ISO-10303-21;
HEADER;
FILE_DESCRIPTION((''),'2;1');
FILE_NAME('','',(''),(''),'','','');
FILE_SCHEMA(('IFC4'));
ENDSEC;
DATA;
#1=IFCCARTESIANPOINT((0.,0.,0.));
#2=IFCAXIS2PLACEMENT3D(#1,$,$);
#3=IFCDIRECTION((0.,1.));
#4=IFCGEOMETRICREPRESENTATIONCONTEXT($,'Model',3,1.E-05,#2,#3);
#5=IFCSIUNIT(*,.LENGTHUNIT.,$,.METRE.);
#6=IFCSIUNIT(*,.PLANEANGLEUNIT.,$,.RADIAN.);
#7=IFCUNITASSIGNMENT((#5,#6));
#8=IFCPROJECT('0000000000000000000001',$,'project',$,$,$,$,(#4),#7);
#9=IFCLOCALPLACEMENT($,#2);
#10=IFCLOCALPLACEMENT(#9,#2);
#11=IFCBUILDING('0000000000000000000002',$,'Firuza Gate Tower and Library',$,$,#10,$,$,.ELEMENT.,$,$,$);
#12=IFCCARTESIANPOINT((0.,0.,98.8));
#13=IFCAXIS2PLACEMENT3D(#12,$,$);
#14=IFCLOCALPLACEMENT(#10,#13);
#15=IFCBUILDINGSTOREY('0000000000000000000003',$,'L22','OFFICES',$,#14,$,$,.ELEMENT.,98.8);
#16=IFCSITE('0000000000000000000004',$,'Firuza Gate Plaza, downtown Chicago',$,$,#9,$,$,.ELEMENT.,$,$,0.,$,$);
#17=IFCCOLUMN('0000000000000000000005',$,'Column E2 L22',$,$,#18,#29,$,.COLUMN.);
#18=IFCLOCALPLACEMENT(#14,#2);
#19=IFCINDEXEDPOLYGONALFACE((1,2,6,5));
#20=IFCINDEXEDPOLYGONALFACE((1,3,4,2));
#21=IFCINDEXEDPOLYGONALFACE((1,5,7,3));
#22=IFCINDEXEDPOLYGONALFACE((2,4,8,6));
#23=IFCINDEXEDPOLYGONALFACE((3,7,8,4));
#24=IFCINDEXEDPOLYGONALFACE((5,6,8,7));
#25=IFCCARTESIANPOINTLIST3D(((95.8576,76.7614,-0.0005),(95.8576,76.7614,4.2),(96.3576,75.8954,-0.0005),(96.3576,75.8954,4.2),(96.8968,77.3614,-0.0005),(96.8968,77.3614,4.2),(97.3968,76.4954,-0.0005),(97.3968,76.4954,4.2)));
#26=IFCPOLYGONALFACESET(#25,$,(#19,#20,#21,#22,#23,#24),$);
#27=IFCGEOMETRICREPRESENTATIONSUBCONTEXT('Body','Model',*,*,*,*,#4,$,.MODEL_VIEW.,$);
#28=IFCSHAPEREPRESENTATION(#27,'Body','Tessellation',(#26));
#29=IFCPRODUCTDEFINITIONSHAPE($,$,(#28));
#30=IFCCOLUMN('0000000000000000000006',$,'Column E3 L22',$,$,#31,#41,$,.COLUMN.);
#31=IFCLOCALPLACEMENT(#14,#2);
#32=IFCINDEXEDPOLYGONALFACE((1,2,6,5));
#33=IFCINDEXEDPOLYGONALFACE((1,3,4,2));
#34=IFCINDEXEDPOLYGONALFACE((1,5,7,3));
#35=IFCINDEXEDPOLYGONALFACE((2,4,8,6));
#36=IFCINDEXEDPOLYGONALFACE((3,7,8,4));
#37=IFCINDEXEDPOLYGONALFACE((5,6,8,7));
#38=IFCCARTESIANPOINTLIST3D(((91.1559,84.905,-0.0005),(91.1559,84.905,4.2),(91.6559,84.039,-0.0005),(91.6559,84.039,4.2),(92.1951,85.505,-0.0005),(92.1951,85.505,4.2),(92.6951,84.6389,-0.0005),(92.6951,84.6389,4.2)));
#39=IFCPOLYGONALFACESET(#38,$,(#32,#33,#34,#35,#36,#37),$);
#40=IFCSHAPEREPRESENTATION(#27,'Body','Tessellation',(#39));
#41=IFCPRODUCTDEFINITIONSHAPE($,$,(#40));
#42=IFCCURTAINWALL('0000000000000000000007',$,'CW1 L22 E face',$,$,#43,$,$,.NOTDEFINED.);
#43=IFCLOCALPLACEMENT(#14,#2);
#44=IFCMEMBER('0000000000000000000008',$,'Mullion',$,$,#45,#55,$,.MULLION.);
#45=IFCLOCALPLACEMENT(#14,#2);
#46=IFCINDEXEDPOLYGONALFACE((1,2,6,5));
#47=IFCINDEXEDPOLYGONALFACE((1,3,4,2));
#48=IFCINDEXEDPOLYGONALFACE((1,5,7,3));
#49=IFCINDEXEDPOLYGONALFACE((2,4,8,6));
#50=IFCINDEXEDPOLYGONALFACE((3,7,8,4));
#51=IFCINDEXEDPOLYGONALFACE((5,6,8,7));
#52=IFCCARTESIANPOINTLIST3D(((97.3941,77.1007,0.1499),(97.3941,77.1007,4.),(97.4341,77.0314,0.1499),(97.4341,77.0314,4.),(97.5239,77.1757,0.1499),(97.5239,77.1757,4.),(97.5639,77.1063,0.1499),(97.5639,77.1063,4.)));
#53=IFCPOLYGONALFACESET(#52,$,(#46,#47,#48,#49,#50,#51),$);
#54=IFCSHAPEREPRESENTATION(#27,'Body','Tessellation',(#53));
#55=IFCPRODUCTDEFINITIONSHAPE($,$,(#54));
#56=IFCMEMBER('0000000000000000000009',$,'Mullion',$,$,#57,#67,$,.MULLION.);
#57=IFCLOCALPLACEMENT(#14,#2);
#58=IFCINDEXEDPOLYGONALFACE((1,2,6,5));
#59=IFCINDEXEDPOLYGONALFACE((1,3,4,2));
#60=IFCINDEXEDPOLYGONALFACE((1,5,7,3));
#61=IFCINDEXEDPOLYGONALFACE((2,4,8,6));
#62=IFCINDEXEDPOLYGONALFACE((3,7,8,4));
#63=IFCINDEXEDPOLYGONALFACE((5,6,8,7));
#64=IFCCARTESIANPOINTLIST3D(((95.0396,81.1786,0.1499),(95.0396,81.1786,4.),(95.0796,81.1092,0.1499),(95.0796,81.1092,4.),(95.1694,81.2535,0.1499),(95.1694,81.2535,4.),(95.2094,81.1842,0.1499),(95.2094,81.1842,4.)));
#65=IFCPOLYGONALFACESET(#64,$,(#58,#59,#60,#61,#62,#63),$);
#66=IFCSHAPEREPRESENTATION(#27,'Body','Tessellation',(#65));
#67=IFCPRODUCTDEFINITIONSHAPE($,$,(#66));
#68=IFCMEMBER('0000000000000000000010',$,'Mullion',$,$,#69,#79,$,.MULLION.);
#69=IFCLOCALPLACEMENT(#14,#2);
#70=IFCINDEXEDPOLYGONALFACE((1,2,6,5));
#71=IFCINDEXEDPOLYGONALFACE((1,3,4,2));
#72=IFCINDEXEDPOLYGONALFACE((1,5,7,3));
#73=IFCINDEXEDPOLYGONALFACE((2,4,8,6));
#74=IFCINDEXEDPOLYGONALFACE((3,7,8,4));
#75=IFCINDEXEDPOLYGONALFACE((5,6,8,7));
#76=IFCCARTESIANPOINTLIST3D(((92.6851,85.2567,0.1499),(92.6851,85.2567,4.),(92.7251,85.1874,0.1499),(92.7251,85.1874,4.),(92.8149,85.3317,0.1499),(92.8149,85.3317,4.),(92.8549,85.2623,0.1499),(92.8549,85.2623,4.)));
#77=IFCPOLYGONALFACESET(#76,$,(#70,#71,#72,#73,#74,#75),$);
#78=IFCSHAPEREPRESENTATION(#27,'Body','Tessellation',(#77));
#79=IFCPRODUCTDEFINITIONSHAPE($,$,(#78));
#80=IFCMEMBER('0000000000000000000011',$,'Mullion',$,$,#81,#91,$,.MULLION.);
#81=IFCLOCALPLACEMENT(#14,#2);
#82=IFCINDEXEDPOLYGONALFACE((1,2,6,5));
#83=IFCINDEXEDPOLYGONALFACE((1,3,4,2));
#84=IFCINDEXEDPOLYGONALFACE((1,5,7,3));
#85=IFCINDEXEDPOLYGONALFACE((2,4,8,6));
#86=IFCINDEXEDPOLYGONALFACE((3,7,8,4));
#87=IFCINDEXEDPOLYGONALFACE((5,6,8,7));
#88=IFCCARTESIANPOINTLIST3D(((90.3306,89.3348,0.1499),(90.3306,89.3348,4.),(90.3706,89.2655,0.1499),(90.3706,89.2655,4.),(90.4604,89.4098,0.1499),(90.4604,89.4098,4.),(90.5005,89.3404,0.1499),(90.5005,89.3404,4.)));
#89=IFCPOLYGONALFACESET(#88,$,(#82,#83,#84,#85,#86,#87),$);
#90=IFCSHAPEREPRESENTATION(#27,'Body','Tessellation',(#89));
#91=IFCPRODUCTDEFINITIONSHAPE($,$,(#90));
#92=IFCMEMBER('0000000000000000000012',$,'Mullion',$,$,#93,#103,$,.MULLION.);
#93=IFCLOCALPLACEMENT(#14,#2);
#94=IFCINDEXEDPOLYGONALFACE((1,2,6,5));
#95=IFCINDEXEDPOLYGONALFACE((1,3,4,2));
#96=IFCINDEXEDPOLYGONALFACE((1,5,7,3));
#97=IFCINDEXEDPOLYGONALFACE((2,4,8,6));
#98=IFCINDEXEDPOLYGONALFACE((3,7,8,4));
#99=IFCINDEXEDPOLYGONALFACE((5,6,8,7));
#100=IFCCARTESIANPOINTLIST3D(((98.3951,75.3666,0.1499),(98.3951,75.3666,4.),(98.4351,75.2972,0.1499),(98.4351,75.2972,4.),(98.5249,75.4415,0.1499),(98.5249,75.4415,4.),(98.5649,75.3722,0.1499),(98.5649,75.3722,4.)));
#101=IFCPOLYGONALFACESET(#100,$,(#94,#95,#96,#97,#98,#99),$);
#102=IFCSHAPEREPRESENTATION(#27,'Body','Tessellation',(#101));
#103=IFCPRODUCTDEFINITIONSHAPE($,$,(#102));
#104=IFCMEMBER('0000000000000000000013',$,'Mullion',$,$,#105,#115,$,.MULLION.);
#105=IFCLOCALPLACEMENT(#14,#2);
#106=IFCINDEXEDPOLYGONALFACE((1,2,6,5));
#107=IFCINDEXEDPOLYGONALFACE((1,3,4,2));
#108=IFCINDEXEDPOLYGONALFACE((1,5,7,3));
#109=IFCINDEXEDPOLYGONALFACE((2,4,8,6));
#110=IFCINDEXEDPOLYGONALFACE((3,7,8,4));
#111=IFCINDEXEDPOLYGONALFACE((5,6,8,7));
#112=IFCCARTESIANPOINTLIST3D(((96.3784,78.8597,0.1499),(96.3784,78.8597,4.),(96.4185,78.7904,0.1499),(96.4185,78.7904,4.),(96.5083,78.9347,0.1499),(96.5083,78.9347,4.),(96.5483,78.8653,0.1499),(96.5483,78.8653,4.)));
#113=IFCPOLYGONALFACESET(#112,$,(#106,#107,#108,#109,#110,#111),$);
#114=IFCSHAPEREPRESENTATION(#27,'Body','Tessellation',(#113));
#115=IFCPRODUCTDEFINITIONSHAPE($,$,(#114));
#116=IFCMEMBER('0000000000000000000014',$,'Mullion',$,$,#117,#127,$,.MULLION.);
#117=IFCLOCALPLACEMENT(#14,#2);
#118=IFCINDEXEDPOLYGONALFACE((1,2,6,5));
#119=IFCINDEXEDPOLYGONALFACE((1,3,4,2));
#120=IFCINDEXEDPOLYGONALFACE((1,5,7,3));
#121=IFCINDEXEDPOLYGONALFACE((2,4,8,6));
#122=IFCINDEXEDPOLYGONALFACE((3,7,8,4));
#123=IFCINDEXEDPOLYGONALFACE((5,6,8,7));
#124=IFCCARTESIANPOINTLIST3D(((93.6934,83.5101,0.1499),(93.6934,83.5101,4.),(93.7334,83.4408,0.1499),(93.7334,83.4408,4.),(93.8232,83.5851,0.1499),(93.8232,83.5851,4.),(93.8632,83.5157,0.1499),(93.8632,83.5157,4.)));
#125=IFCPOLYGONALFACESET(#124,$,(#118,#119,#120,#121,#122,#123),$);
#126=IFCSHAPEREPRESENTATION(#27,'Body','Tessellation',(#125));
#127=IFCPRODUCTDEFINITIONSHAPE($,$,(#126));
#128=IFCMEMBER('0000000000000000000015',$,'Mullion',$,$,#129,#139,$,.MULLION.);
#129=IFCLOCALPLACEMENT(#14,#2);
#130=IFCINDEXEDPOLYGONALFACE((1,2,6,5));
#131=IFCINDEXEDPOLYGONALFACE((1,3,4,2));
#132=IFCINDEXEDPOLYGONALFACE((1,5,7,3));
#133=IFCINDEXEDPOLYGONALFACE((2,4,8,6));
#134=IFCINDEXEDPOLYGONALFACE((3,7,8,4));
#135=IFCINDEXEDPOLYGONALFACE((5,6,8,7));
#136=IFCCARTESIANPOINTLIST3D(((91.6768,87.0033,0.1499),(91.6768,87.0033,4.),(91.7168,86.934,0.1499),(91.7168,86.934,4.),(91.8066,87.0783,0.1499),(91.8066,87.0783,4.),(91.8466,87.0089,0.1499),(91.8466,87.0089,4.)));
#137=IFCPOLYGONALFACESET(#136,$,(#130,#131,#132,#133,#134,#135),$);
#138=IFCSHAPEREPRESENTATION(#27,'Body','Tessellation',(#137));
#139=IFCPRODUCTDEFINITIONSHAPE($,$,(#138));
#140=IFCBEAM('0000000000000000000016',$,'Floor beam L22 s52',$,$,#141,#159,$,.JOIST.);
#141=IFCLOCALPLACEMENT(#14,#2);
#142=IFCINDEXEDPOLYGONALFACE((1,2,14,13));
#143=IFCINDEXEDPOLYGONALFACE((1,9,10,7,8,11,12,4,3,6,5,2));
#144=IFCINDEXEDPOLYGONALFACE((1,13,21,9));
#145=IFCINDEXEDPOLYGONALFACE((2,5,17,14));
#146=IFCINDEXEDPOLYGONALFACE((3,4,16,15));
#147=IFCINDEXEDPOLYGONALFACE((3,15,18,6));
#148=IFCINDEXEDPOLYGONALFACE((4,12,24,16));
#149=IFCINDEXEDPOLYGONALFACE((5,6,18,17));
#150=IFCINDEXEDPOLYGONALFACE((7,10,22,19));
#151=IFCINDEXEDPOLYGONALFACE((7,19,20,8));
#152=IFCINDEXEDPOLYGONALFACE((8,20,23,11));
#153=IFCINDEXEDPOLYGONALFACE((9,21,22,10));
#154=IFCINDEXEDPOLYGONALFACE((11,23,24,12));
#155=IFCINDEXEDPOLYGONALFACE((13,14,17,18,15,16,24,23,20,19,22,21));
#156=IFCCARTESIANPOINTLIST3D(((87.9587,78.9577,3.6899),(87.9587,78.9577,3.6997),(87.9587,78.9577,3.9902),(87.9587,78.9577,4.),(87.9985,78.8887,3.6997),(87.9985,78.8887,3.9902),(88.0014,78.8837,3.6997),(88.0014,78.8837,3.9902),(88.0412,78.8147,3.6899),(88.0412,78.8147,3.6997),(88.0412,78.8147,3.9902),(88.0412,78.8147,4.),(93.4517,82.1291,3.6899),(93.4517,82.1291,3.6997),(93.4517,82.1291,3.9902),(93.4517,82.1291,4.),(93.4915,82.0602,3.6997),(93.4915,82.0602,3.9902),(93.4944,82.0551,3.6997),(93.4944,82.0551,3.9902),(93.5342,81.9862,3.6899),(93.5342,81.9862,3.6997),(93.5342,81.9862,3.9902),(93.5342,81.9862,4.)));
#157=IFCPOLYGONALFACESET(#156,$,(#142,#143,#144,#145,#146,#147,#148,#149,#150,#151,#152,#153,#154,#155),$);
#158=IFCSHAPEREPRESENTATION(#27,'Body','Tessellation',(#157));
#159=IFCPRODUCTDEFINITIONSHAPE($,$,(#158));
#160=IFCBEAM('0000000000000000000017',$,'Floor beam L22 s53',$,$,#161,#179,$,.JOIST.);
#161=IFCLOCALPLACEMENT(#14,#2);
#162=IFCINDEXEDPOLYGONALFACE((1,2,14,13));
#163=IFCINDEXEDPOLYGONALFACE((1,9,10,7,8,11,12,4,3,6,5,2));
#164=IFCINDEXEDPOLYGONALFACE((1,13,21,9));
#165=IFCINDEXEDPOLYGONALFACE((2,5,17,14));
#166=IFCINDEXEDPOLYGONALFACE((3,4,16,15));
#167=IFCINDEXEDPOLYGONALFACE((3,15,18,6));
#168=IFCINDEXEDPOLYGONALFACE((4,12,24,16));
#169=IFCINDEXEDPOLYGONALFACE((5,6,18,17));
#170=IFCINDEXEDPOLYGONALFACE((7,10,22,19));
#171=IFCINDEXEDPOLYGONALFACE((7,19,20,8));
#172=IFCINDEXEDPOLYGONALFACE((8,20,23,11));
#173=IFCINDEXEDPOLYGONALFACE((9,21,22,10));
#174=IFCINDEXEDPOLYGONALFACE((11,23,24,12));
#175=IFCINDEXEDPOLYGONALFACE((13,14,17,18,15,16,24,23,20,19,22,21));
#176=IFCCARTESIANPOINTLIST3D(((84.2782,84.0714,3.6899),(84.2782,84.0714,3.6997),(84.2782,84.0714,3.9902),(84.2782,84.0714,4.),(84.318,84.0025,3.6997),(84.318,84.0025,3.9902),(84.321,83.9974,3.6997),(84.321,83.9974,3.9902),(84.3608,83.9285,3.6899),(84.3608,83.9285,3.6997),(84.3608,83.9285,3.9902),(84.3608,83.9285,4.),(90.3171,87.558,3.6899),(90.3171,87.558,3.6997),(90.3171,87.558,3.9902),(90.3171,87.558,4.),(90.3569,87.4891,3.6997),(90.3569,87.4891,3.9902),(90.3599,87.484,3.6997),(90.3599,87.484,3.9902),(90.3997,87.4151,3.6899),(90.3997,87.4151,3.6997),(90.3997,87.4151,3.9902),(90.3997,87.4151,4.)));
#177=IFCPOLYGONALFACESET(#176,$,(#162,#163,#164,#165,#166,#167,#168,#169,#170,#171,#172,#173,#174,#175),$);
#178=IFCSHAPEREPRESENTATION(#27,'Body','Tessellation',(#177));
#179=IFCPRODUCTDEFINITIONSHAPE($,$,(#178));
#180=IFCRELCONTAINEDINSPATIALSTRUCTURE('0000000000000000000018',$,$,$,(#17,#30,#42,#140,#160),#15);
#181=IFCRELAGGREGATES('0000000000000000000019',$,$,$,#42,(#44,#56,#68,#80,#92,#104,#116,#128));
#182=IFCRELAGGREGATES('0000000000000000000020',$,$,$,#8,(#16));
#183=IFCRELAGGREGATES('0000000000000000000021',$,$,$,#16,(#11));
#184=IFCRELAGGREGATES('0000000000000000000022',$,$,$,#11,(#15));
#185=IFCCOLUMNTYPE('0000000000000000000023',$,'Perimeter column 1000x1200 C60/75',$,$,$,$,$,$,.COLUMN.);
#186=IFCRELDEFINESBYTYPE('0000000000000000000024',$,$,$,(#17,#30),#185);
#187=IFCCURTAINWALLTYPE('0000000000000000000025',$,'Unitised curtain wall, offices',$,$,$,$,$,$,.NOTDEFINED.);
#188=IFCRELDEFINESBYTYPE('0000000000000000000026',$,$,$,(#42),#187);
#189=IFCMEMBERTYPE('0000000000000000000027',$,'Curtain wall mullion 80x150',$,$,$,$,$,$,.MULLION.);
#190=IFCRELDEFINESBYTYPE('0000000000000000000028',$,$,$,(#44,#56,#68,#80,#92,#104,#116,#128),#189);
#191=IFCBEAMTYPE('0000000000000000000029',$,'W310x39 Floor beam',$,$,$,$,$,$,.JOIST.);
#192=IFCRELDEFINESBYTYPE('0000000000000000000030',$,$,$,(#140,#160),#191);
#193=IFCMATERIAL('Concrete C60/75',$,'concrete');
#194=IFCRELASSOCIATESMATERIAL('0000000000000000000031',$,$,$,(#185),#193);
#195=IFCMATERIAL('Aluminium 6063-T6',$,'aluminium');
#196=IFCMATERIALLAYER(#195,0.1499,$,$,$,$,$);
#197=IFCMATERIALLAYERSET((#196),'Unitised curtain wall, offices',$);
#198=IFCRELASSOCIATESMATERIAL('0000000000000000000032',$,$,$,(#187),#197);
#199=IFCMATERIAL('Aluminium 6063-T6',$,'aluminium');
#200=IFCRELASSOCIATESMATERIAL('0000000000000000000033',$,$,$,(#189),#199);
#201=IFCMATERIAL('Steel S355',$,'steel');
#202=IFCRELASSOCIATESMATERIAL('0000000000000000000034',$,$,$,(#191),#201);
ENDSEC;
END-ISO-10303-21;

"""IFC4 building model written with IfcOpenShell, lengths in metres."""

from ifc_helpers import new_model, si_unit, direction, frame, origin, origin_2d, place, context, subcontext, project, spatial, rectangle, i_section, extrude, material, layer, layer_set, material_profile, profile_set, type_object, element, aggregate, save


model = new_model("IFC4")

# Units and contexts
model_context = context("Model", 3, precision=1e-05, world=origin(), true_north=direction((0.0, 1.0)))
body_context = subcontext(model_context, "Body", "Model", "MODEL_VIEW")
ifc_project = project(units=[si_unit("LENGTHUNIT", "METRE"), si_unit("PLANEANGLEUNIT", "RADIAN")], contexts=[model_context])

# Site, building, storey
site_placement = place(None, origin())
site = spatial("IfcSite", under=ifc_project, at=site_placement, Name="Firuza Gate Plaza, downtown Chicago", CompositionType="ELEMENT", RefElevation=0.0)
building_placement = place(site_placement, origin())
building = spatial("IfcBuilding", under=site, at=building_placement, Name="Firuza Gate Tower and Library", CompositionType="ELEMENT")
storey_placement = place(building_placement, frame((0.0, 0.0, 98.8)))
storey = spatial("IfcBuildingStorey", under=building, at=storey_placement, Name="L22", Description="OFFICES", CompositionType="ELEMENT", Elevation=98.8)

# Columns
ifc_material_1 = material(Name="Concrete C60/75", Category="concrete")
ifc_material_profile_1 = material_profile(ifc_material_1, rectangle(XDim=1.0, YDim=1.2, at=origin_2d()))
ifc_profile_set_1 = profile_set([ifc_material_profile_1], Name="Concrete C60/75")
column_type = type_object("IfcColumnType", Name="Perimeter column 1000x1200 C60/75", PredefinedType="COLUMN", material=ifc_profile_set_1)
for number, where, z_axis, x_axis, name in (
    (1, (96.6272, 76.6284, -0.0005), (0.0, 0.0, 1.0), (-0.5, 0.866025, 0.0), "Column E2 L22"),
    (2, (91.9255, 84.772, -0.0005), (0.0, 0.0, 1.0), (-0.5, 0.866025, 0.0), "Column E3 L22"),
):
    element("IfcColumn", number, at=place(storey_placement, frame(where, z_axis=z_axis, x_axis=x_axis)), inside=storey, type_object=column_type, Name=name, PredefinedType="COLUMN", context=body_context, shape_type="SweptSolid", body=[
        extrude(rectangle(XDim=1.0, YDim=1.2, at=origin_2d()), origin(), (0.0, 0.0, 1.0), 4.2004),
    ])

# Curtain wall, members
ifc_material_2 = material(Name="Aluminium 6063-T6", Category="aluminium")
ifc_layer_1 = layer(ifc_material_2, 0.1499)
ifc_layer_set_1 = layer_set([ifc_layer_1], Name="Unitised curtain wall, offices")
curtain_wall_type = type_object("IfcCurtainWallType", Name="Unitised curtain wall, offices", PredefinedType="NOTDEFINED", material=ifc_layer_set_1)
curtain_wall_placement = place(storey_placement, origin())
curtain_wall = element("IfcCurtainWall", 3, at=curtain_wall_placement, inside=storey, type_object=curtain_wall_type, Name="CW1 L22 E face", PredefinedType="NOTDEFINED")
ifc_material_3 = material(Name="Aluminium 6063-T6", Category="aluminium")
ifc_material_profile_2 = material_profile(ifc_material_3, rectangle(XDim=0.1499, YDim=0.0801, at=origin_2d()))
ifc_profile_set_2 = profile_set([ifc_material_profile_2], Name="Aluminium 6063-T6")
member_type = type_object("IfcMemberType", Name="Curtain wall mullion 80x150", PredefinedType="MULLION", material=ifc_profile_set_2)
member_1_placement = place(storey_placement, frame((97.479, 77.1035, 0.1499), z_axis=(0.0, 0.0, 1.0), x_axis=(-0.866025, -0.5, 0.0)))
member_1 = element("IfcMember", 4, at=member_1_placement, type_object=member_type, Name="Mullion", PredefinedType="MULLION", context=body_context, shape_type="SweptSolid", body=[
    extrude(rectangle(XDim=0.1499, YDim=0.0801, at=origin_2d()), origin(), (0.0, 0.0, 1.0), 3.8501),
])
member_2_placement = place(storey_placement, frame((95.1245, 81.1814, 0.1499), z_axis=(0.0, 0.0, 1.0), x_axis=(-0.866025, -0.5, 0.0)))
member_2 = element("IfcMember", 5, at=member_2_placement, type_object=member_type, Name="Mullion", PredefinedType="MULLION", context=body_context, shape_type="SweptSolid", body=[
    extrude(rectangle(XDim=0.1499, YDim=0.0801, at=origin_2d()), origin(), (0.0, 0.0, 1.0), 3.8501),
])
member_3_placement = place(storey_placement, frame((92.77, 85.2595, 0.1499), z_axis=(0.0, 0.0, 1.0), x_axis=(-0.866025, -0.5, 0.0)))
member_3 = element("IfcMember", 6, at=member_3_placement, type_object=member_type, Name="Mullion", PredefinedType="MULLION", context=body_context, shape_type="SweptSolid", body=[
    extrude(rectangle(XDim=0.1499, YDim=0.0801, at=origin_2d()), origin(), (0.0, 0.0, 1.0), 3.8501),
])
member_4_placement = place(storey_placement, frame((90.4155, 89.3376, 0.1499), z_axis=(0.0, 0.0, 1.0), x_axis=(-0.866025, -0.5, 0.0)))
member_4 = element("IfcMember", 7, at=member_4_placement, type_object=member_type, Name="Mullion", PredefinedType="MULLION", context=body_context, shape_type="SweptSolid", body=[
    extrude(rectangle(XDim=0.1499, YDim=0.0801, at=origin_2d()), origin(), (0.0, 0.0, 1.0), 3.8501),
])
member_5_placement = place(storey_placement, frame((98.48, 75.3694, 0.1499), z_axis=(0.0, 0.0, 1.0), x_axis=(-0.866025, -0.5, 0.0)))
member_5 = element("IfcMember", 8, at=member_5_placement, type_object=member_type, Name="Mullion", PredefinedType="MULLION", context=body_context, shape_type="SweptSolid", body=[
    extrude(rectangle(XDim=0.1499, YDim=0.0801, at=origin_2d()), origin(), (0.0, 0.0, 1.0), 3.8501),
])
member_6_placement = place(storey_placement, frame((96.4634, 78.8625, 0.1499), z_axis=(0.0, 0.0, 1.0), x_axis=(-0.866025, -0.5, 0.0)))
member_6 = element("IfcMember", 9, at=member_6_placement, type_object=member_type, Name="Mullion", PredefinedType="MULLION", context=body_context, shape_type="SweptSolid", body=[
    extrude(rectangle(XDim=0.1499, YDim=0.0801, at=origin_2d()), origin(), (0.0, 0.0, 1.0), 3.8501),
])
member_7_placement = place(storey_placement, frame((93.7783, 83.5129, 0.1499), z_axis=(0.0, 0.0, 1.0), x_axis=(-0.866025, -0.5, 0.0)))
member_7 = element("IfcMember", 10, at=member_7_placement, type_object=member_type, Name="Mullion", PredefinedType="MULLION", context=body_context, shape_type="SweptSolid", body=[
    extrude(rectangle(XDim=0.1499, YDim=0.0801, at=origin_2d()), origin(), (0.0, 0.0, 1.0), 3.8501),
])
member_8_placement = place(storey_placement, frame((91.7617, 87.0061, 0.1499), z_axis=(0.0, 0.0, 1.0), x_axis=(-0.866025, -0.5, 0.0)))
member_8 = element("IfcMember", 11, at=member_8_placement, type_object=member_type, Name="Mullion", PredefinedType="MULLION", context=body_context, shape_type="SweptSolid", body=[
    extrude(rectangle(XDim=0.1499, YDim=0.0801, at=origin_2d()), origin(), (0.0, 0.0, 1.0), 3.8501),
])

# Beams
ifc_material_4 = material(Name="Steel S355", Category="steel")
ifc_material_profile_3 = material_profile(ifc_material_4, i_section(OverallWidth=0.165, OverallDepth=0.3101, WebThickness=0.0059, FlangeThickness=0.0098, at=origin_2d()))
ifc_profile_set_3 = profile_set([ifc_material_profile_3], Name="Steel S355")
beam_type_1 = type_object("IfcBeamType", Name="W310x39 Floor beam", PredefinedType="JOIST", material=ifc_profile_set_3)
beam_1_placement = place(storey_placement, frame((93.4929, 82.0576, 3.845), z_axis=(-0.866022, -0.500006, 0.0), x_axis=(0.500006, -0.866022, 0.0)))
element("IfcBeam", 12, at=beam_1_placement, inside=storey, type_object=beam_type_1, Name="Floor beam L22 s52", PredefinedType="JOIST", context=body_context, shape_type="SweptSolid", body=[
    extrude(i_section(OverallWidth=0.165, OverallDepth=0.3101, WebThickness=0.0059, FlangeThickness=0.0098, at=origin_2d()), origin(), (0.0, 0.0, 1.0), 6.3428),
])
beam_2_placement = place(storey_placement, frame((90.3584, 87.4866, 3.845), z_axis=(-0.866022, -0.500006, 0.0), x_axis=(0.500006, -0.866022, 0.0)))
element("IfcBeam", 13, at=beam_2_placement, inside=storey, type_object=beam_type_1, Name="Floor beam L22 s53", PredefinedType="JOIST", context=body_context, shape_type="SweptSolid", body=[
    extrude(i_section(OverallWidth=0.165, OverallDepth=0.3101, WebThickness=0.0059, FlangeThickness=0.0098, at=origin_2d()), origin(), (0.0, 0.0, 1.0), 6.9731),
])

aggregate(curtain_wall, [member_1, member_2, member_3, member_4, member_5, member_6, member_7, member_8])

save(model, "model.ifc")
